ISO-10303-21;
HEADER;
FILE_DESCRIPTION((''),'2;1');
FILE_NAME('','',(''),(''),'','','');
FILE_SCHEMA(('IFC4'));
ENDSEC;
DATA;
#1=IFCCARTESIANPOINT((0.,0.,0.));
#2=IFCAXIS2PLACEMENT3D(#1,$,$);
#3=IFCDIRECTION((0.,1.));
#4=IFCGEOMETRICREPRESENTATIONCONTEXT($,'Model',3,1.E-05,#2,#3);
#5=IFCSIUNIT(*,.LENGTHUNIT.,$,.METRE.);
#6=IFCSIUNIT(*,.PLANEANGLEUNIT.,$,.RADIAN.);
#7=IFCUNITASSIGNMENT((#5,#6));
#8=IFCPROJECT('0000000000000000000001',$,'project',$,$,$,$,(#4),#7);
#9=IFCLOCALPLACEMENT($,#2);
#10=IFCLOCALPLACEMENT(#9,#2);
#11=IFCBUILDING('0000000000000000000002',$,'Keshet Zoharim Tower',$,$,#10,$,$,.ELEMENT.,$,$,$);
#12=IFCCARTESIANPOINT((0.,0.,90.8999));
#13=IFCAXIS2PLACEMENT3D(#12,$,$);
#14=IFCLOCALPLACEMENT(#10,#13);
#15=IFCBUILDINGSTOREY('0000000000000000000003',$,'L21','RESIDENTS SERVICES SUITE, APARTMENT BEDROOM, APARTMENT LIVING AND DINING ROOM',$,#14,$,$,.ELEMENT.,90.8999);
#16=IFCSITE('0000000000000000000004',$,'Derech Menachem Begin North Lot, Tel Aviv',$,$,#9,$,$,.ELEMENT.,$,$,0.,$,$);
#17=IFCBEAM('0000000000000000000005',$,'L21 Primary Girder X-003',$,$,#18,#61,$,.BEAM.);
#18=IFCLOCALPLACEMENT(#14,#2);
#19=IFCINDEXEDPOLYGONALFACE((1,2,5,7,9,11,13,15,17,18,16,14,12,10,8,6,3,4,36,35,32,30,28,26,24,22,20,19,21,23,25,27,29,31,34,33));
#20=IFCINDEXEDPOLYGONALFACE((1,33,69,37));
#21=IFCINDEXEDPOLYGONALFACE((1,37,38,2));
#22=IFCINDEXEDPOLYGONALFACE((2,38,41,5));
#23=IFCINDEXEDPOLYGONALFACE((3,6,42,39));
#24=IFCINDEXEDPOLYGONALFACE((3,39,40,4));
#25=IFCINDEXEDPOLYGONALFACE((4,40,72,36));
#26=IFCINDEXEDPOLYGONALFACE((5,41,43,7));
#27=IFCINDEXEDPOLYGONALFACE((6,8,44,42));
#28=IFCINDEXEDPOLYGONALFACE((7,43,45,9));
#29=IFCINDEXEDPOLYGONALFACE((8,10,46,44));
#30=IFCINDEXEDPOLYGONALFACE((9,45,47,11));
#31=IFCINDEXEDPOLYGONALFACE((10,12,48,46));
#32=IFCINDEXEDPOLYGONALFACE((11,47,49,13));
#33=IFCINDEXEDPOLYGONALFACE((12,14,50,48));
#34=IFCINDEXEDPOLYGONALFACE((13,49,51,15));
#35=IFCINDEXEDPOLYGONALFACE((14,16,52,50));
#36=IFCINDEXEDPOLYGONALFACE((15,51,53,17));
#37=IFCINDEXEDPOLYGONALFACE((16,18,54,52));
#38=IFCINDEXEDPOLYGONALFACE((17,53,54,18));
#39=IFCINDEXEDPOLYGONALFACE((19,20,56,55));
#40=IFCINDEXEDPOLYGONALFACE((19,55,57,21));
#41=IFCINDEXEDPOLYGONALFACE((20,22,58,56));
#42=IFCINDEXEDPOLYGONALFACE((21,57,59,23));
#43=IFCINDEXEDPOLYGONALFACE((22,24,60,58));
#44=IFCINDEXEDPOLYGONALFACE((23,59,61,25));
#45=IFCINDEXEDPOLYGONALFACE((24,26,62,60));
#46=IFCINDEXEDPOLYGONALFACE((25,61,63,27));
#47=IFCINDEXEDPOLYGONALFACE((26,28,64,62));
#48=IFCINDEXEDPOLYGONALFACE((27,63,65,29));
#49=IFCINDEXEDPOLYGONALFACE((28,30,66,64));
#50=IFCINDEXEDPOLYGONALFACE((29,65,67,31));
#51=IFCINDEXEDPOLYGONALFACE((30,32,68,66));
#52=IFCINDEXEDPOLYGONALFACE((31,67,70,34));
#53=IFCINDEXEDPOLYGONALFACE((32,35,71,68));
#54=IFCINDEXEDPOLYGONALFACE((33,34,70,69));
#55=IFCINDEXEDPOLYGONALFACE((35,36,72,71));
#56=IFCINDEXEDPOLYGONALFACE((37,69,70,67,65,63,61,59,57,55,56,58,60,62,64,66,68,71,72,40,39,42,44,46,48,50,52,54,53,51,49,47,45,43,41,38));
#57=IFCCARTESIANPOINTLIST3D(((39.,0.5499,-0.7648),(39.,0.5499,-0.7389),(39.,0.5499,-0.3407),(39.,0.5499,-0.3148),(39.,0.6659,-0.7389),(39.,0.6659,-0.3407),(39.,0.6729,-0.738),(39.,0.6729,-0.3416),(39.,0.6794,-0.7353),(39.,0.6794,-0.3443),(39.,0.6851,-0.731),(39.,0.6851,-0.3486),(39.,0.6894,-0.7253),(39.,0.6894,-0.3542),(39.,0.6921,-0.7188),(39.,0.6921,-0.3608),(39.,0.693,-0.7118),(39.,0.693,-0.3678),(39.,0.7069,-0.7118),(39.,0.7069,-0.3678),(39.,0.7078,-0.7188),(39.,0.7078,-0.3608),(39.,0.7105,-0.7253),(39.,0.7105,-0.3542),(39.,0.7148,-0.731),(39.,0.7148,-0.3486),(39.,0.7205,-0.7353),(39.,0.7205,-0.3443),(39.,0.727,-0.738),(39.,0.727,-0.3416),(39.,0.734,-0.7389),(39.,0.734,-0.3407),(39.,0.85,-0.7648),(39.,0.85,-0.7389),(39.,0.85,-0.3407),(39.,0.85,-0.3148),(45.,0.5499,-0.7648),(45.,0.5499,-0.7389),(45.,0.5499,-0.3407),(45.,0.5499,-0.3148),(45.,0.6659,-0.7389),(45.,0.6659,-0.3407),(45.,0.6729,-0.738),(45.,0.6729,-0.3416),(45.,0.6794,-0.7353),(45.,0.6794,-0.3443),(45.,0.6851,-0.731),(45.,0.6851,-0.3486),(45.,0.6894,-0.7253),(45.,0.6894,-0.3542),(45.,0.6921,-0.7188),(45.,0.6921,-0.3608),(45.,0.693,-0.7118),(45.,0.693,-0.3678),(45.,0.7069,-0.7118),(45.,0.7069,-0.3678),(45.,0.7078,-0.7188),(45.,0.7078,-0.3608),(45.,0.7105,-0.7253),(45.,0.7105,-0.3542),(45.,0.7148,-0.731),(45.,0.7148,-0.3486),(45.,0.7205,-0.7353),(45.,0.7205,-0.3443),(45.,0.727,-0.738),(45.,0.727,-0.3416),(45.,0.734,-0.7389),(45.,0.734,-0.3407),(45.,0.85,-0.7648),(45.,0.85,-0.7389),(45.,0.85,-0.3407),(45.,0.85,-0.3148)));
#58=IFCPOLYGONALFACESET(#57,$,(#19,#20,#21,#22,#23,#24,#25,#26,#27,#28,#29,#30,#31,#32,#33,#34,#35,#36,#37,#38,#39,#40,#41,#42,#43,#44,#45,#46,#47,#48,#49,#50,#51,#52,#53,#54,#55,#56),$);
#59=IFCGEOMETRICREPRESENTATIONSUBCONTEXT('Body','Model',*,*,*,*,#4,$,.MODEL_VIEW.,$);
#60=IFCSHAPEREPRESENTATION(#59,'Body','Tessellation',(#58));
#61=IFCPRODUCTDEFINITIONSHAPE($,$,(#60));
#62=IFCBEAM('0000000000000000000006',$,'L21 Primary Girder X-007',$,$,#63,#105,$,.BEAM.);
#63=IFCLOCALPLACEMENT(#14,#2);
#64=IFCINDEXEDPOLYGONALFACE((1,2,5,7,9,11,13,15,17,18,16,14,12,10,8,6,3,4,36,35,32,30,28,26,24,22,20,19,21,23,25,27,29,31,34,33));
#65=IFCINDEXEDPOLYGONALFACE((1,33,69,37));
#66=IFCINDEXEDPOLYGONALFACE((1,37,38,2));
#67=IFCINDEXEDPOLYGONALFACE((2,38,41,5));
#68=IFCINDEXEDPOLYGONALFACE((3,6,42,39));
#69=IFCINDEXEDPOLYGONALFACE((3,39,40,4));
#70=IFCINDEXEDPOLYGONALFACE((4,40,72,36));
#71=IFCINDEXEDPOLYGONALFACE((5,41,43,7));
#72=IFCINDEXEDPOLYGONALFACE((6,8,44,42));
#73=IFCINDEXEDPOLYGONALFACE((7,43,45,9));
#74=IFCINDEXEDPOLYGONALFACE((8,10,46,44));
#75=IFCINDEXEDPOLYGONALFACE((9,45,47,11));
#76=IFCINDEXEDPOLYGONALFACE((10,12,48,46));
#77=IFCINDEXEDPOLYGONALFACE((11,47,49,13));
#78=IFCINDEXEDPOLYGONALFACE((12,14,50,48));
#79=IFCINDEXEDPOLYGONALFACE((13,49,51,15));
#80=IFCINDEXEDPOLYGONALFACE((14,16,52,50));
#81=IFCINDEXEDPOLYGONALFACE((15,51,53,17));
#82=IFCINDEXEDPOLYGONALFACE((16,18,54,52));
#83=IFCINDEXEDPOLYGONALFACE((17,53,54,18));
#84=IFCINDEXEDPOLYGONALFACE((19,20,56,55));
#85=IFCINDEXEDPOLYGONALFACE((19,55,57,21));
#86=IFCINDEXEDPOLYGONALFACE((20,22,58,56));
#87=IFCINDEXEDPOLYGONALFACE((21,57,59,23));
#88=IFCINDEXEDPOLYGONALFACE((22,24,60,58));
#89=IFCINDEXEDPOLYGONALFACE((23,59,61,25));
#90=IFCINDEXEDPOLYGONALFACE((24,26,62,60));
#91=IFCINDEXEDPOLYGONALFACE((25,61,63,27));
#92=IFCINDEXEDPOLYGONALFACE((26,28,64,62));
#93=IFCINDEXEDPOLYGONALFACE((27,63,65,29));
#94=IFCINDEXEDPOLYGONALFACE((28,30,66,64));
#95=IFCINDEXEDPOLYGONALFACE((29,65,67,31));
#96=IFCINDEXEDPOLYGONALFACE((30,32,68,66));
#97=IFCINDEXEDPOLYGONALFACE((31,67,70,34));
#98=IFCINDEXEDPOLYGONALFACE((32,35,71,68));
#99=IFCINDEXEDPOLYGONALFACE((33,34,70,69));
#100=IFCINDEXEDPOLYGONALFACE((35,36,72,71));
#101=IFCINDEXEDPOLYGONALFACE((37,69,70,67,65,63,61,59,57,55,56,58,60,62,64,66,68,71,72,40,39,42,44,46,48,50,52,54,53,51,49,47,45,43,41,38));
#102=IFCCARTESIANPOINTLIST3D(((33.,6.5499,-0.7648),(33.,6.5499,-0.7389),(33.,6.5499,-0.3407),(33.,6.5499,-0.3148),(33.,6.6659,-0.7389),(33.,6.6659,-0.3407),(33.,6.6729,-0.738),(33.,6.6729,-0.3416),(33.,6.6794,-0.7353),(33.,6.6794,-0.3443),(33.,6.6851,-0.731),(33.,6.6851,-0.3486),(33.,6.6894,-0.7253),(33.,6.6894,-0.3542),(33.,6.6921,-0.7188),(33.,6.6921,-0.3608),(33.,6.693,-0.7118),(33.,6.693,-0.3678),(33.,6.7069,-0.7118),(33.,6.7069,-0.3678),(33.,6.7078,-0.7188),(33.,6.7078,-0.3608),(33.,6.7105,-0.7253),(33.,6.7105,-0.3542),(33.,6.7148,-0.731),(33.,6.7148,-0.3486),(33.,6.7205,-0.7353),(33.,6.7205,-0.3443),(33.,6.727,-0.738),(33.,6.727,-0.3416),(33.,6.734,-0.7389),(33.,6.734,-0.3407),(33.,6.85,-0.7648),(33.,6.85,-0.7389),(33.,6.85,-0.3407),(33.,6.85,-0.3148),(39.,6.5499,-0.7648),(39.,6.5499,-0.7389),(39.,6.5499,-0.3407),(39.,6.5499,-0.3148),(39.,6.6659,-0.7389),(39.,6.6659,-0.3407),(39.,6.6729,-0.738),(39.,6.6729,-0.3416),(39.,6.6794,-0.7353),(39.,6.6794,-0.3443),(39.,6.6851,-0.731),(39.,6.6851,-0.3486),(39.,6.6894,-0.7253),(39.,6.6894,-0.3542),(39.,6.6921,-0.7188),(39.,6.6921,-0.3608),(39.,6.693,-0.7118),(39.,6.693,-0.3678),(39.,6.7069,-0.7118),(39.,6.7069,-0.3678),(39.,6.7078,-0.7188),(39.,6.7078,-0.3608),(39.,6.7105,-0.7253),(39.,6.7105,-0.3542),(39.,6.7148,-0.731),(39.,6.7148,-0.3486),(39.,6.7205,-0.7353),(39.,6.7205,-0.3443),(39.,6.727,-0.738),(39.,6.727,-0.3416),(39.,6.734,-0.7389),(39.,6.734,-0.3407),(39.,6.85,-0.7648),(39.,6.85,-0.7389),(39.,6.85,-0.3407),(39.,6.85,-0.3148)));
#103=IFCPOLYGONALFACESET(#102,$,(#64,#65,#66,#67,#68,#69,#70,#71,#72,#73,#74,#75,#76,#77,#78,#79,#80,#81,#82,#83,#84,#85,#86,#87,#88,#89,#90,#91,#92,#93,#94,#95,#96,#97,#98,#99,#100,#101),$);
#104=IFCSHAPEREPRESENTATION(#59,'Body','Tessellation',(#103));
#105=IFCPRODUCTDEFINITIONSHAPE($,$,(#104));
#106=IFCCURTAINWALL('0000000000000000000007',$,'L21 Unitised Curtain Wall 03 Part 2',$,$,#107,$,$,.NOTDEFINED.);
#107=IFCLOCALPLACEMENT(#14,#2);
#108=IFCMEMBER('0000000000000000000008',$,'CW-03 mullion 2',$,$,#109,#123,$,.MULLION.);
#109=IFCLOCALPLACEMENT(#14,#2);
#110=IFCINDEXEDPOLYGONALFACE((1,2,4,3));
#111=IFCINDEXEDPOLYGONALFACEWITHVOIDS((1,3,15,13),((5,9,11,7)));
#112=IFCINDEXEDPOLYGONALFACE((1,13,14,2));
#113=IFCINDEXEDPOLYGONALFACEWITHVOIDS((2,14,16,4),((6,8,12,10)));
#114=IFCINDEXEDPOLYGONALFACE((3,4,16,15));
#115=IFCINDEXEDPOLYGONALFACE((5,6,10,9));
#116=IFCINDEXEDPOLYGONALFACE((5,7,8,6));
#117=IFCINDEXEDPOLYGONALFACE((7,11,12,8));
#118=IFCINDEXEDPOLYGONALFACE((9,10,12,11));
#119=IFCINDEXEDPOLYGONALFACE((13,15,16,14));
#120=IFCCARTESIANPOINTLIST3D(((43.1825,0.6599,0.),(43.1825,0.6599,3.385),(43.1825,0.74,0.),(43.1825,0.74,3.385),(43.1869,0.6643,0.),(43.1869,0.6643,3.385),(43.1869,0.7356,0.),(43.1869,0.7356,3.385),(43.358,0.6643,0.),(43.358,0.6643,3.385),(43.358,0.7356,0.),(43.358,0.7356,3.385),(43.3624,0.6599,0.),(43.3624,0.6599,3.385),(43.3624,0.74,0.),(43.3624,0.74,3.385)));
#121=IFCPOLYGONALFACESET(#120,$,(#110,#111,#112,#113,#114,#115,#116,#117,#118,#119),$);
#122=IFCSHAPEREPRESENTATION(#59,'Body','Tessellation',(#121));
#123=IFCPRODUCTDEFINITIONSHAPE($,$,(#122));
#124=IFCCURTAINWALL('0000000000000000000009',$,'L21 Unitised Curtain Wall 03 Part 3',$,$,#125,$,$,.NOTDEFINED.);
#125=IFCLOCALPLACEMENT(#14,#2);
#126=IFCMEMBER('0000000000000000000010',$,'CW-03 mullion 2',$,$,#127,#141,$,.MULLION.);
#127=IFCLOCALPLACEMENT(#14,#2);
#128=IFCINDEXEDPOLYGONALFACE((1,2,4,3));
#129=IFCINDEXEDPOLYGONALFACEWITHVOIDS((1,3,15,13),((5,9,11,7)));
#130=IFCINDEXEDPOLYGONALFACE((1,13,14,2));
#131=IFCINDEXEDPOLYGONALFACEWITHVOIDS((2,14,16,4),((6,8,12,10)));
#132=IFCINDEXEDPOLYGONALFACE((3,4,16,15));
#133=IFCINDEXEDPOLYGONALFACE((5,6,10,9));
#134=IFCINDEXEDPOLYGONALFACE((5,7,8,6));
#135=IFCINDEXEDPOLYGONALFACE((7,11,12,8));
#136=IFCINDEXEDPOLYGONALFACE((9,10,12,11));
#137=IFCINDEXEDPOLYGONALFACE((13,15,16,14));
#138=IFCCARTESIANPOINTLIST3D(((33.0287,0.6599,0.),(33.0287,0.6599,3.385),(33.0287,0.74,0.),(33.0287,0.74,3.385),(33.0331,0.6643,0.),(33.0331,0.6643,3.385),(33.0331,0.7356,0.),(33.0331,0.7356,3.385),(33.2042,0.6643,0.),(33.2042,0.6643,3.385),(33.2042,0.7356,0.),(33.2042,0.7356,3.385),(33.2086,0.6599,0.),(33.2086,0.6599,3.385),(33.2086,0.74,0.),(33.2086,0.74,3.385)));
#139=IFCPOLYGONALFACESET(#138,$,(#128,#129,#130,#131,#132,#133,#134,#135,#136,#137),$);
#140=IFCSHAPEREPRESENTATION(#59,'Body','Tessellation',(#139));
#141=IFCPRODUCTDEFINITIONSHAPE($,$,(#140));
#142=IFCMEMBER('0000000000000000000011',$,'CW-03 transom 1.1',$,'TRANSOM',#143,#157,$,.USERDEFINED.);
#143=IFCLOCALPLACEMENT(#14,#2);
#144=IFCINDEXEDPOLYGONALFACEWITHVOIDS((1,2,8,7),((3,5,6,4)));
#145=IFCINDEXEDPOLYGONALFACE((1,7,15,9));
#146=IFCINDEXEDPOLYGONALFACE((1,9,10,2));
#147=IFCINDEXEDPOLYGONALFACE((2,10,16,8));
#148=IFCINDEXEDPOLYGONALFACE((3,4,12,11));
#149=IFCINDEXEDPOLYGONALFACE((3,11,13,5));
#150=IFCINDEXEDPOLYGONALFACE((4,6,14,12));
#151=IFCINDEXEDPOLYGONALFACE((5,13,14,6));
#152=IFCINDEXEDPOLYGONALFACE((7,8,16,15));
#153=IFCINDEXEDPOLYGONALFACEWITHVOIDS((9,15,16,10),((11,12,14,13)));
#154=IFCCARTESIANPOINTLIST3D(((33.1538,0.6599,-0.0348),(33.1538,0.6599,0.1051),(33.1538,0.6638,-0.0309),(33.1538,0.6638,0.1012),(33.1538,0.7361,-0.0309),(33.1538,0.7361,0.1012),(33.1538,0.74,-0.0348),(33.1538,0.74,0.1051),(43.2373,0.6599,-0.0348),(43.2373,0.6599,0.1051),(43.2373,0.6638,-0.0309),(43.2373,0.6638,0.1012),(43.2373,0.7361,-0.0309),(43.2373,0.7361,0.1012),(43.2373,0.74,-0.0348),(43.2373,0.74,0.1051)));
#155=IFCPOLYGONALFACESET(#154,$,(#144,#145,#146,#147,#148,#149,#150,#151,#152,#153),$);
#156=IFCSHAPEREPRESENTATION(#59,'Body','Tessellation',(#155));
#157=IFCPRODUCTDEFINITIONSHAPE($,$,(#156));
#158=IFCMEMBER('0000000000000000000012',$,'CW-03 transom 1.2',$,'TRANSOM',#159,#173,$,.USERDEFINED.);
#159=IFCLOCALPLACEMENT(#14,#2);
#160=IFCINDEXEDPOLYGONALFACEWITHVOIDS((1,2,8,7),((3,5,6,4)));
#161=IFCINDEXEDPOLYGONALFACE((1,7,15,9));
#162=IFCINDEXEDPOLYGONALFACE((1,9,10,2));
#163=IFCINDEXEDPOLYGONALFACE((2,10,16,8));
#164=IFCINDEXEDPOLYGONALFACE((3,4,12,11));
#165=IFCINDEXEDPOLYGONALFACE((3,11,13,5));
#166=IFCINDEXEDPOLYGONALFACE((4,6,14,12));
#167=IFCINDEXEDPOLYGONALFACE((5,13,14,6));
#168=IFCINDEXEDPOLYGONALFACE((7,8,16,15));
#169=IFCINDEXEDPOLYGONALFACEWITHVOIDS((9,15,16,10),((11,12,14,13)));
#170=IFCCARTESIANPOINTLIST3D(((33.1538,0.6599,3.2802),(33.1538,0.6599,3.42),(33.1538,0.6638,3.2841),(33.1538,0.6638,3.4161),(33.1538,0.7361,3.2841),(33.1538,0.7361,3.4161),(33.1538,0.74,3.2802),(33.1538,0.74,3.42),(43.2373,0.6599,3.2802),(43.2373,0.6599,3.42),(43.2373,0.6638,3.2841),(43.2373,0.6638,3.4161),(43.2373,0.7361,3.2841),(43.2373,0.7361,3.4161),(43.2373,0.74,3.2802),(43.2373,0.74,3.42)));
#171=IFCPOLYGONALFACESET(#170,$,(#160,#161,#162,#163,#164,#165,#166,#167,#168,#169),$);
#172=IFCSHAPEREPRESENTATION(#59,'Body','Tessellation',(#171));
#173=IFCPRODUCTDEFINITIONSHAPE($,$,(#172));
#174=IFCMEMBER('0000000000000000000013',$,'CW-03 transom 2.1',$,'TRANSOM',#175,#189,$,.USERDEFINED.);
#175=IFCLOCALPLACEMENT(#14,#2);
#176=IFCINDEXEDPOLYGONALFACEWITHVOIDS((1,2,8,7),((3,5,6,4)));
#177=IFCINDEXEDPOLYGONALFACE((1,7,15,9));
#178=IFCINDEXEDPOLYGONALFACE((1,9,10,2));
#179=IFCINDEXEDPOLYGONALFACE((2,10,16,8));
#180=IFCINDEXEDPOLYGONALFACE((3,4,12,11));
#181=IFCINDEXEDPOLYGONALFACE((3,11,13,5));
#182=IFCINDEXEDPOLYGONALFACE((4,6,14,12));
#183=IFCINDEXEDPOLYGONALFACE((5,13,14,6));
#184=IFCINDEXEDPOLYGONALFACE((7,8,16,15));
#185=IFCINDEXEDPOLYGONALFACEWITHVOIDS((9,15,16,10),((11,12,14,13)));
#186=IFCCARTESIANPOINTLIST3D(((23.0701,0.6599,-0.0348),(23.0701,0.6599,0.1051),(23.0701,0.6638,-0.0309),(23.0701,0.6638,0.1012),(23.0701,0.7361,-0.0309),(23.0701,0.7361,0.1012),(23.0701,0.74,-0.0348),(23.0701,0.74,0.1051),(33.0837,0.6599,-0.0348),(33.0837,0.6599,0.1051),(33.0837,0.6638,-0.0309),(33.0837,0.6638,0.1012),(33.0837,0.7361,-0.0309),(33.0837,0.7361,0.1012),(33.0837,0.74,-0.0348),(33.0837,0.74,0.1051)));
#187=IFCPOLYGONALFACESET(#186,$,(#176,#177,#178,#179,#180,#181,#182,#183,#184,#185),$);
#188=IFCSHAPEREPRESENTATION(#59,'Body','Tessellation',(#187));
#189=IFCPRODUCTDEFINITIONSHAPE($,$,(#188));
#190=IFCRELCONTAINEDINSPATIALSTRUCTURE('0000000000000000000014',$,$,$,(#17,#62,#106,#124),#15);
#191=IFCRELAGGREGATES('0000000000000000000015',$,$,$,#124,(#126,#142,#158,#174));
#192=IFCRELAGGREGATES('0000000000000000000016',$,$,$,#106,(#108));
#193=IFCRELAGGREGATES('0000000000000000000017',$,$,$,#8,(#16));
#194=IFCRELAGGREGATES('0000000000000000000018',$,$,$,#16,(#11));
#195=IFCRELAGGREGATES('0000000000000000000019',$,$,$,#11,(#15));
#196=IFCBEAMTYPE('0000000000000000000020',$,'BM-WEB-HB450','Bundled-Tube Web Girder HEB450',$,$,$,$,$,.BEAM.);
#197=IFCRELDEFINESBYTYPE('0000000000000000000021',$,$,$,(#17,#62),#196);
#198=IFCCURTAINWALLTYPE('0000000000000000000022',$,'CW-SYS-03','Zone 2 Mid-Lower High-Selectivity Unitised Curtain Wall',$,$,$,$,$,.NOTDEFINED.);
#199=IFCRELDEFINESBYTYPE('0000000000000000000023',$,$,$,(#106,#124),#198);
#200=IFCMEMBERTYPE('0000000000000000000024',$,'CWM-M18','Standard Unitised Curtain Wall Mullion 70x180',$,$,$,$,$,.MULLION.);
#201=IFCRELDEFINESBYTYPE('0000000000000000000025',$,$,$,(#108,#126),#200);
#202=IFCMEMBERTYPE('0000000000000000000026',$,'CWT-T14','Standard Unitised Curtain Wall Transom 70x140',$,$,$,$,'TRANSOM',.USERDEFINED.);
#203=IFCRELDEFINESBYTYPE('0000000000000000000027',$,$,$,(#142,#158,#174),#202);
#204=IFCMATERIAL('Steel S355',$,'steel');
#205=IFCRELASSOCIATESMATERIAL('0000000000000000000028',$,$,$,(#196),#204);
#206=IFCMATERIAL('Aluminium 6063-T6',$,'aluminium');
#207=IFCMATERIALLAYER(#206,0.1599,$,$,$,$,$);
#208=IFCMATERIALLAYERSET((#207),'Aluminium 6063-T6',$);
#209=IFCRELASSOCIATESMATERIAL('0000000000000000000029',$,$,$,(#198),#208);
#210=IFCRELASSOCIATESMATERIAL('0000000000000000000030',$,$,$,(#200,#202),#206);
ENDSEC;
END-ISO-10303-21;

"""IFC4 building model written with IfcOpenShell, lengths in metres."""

from ifc_helpers import new_model, si_unit, direction, frame, origin, origin_2d, place, context, subcontext, project, spatial, hollow_rectangle, i_section, extrude, material, layer, layer_set, material_profile, profile_set, type_object, element, aggregate, save


model = new_model("IFC4")

# Units and contexts
model_context = context("Model", 3, precision=1e-05, world=origin(), true_north=direction((0.0, 1.0)))
body_context = subcontext(model_context, "Body", "Model", "MODEL_VIEW")
ifc_project = project(units=[si_unit("LENGTHUNIT", "METRE"), si_unit("PLANEANGLEUNIT", "RADIAN")], contexts=[model_context])

# Site, building, storey
site_placement = place(None, origin())
site = spatial("IfcSite", under=ifc_project, at=site_placement, Name="Derech Menachem Begin North Lot, Tel Aviv", CompositionType="ELEMENT", RefElevation=0.0)
building_placement = place(site_placement, origin())
building = spatial("IfcBuilding", under=site, at=building_placement, Name="Keshet Zoharim Tower", CompositionType="ELEMENT")
storey_placement = place(building_placement, frame((0.0, 0.0, 90.8999)))
storey = spatial("IfcBuildingStorey", under=building, at=storey_placement, Name="L21", Description="RESIDENTS SERVICES SUITE, APARTMENT BEDROOM, APARTMENT LIVING AND DINING ROOM", CompositionType="ELEMENT", Elevation=90.8999)

# Shared definitions
ifc_material_1 = material(Name="Steel S355", Category="steel")

# Beams
ifc_material_profile_1 = material_profile(ifc_material_1, i_section(OverallWidth=0.3, OverallDepth=0.45, WebThickness=0.0139, FlangeThickness=0.0259, FilletRadius=0.0271, at=origin_2d()), Name="HEB450")
ifc_profile_set_1 = profile_set([ifc_material_profile_1], Name="Steel S355")
beam_type_1 = type_object("IfcBeamType", Name="BM-WEB-HB450", Description="Bundled-Tube Web Girder HEB450", PredefinedType="BEAM", material=ifc_profile_set_1)
for number, where, z_axis, x_axis, name in (
    (1, (39.0, 0.7, -0.5398), (1.0, 0.0, 0.0), (0.0, 1.0, 0.0), "L21 Primary Girder X-003"),
    (2, (33.0, 6.7, -0.5398), (1.0, 0.0, 0.0), (0.0, 1.0, 0.0), "L21 Primary Girder X-007"),
):
    element("IfcBeam", number, at=place(storey_placement, frame(where, z_axis=z_axis, x_axis=x_axis)), inside=storey, type_object=beam_type_1, Name=name, PredefinedType="BEAM", context=body_context, shape_type="SweptSolid", body=[
        extrude(i_section(OverallWidth=0.3, OverallDepth=0.45, WebThickness=0.0139, FlangeThickness=0.0259, FilletRadius=0.0271, at=origin_2d()), origin(), (0.0, 0.0, 1.0), 6.0),
    ])

# Curtain wall, member
ifc_material_2 = material(Name="Aluminium 6063-T6", Category="aluminium")
ifc_layer_1 = layer(ifc_material_2, 0.1599)
ifc_layer_set_1 = layer_set([ifc_layer_1], Name="Aluminium 6063-T6")
curtain_wall_type = type_object("IfcCurtainWallType", Name="CW-SYS-03", Description="Zone 2 Mid-Lower High-Selectivity Unitised Curtain Wall", PredefinedType="NOTDEFINED", material=ifc_layer_set_1)
curtain_wall_1_placement = place(storey_placement, origin())
curtain_wall_1 = element("IfcCurtainWall", 3, at=curtain_wall_1_placement, inside=storey, type_object=curtain_wall_type, Name="L21 Unitised Curtain Wall 03 Part 2", PredefinedType="NOTDEFINED")
ifc_material_profile_2 = material_profile(ifc_material_2, hollow_rectangle(XDim=0.0801, YDim=0.1799, WallThickness=0.0044, at=origin_2d()), Name="MUL-80x180")
ifc_profile_set_2 = profile_set([ifc_material_profile_2], Name="Aluminium 6063-T6")
member_type_1 = type_object("IfcMemberType", Name="CWM-M18", Description="Standard Unitised Curtain Wall Mullion 70x180", PredefinedType="MULLION", material=ifc_profile_set_2)
member_1_placement = place(storey_placement, frame((43.2725, 0.7, 0.0), z_axis=(0.0, 0.0, 1.0), x_axis=(0.0, -1.0, 0.0)))
member_1 = element("IfcMember", 4, at=member_1_placement, type_object=member_type_1, Name="CW-03 mullion 2", PredefinedType="MULLION", context=body_context, shape_type="SweptSolid", body=[
    extrude(hollow_rectangle(XDim=0.0801, YDim=0.1799, WallThickness=0.0044, at=origin_2d()), origin(), (0.0, 0.0, 1.0), 3.385),
])

# Curtain wall, members
curtain_wall_2_placement = place(storey_placement, origin())
curtain_wall_2 = element("IfcCurtainWall", 5, at=curtain_wall_2_placement, inside=storey, type_object=curtain_wall_type, Name="L21 Unitised Curtain Wall 03 Part 3", PredefinedType="NOTDEFINED")
member_2_placement = place(storey_placement, frame((33.1187, 0.7, 0.0), z_axis=(0.0, 0.0, 1.0), x_axis=(0.0, -1.0, 0.0)))
member_2 = element("IfcMember", 6, at=member_2_placement, type_object=member_type_1, Name="CW-03 mullion 2", PredefinedType="MULLION", context=body_context, shape_type="SweptSolid", body=[
    extrude(hollow_rectangle(XDim=0.0801, YDim=0.1799, WallThickness=0.0044, at=origin_2d()), origin(), (0.0, 0.0, 1.0), 3.385),
])
ifc_material_profile_3 = material_profile(ifc_material_2, hollow_rectangle(XDim=0.0801, YDim=0.1399, WallThickness=0.0039, at=origin_2d()), Name="TRN-80x140")
ifc_profile_set_3 = profile_set([ifc_material_profile_3], Name="Aluminium 6063-T6")
member_type_2 = type_object("IfcMemberType", Name="CWT-T14", Description="Standard Unitised Curtain Wall Transom 70x140", ElementType="TRANSOM", PredefinedType="USERDEFINED", material=ifc_profile_set_3)
member_3_placement = place(storey_placement, frame((43.2373, 0.7, 0.0352), z_axis=(-1.0, 0.0, 0.0), x_axis=(0.0, -1.0, 0.0)))
member_3 = element("IfcMember", 7, at=member_3_placement, type_object=member_type_2, Name="CW-03 transom 1.1", ObjectType="TRANSOM", PredefinedType="USERDEFINED", context=body_context, shape_type="SweptSolid", body=[
    extrude(hollow_rectangle(XDim=0.0801, YDim=0.1399, WallThickness=0.0039, at=origin_2d()), origin(), (0.0, 0.0, 1.0), 10.0835),
])
member_4_placement = place(storey_placement, frame((43.2373, 0.7, 3.3501), z_axis=(-1.0, 0.0, 0.0), x_axis=(0.0, -1.0, 0.0)))
member_4 = element("IfcMember", 8, at=member_4_placement, type_object=member_type_2, Name="CW-03 transom 1.2", ObjectType="TRANSOM", PredefinedType="USERDEFINED", context=body_context, shape_type="SweptSolid", body=[
    extrude(hollow_rectangle(XDim=0.0801, YDim=0.1399, WallThickness=0.0039, at=origin_2d()), origin(), (0.0, 0.0, 1.0), 10.0835),
])
member_5_placement = place(storey_placement, frame((33.0837, 0.7, 0.0352), z_axis=(-1.0, 0.0, 0.0), x_axis=(0.0, -1.0, 0.0)))
member_5 = element("IfcMember", 9, at=member_5_placement, type_object=member_type_2, Name="CW-03 transom 2.1", ObjectType="TRANSOM", PredefinedType="USERDEFINED", context=body_context, shape_type="SweptSolid", body=[
    extrude(hollow_rectangle(XDim=0.0801, YDim=0.1399, WallThickness=0.0039, at=origin_2d()), origin(), (0.0, 0.0, 1.0), 10.0137),
])
aggregate(curtain_wall_2, [member_2, member_3, member_4, member_5])

aggregate(curtain_wall_1, [member_1])

save(model, "model.ifc")
